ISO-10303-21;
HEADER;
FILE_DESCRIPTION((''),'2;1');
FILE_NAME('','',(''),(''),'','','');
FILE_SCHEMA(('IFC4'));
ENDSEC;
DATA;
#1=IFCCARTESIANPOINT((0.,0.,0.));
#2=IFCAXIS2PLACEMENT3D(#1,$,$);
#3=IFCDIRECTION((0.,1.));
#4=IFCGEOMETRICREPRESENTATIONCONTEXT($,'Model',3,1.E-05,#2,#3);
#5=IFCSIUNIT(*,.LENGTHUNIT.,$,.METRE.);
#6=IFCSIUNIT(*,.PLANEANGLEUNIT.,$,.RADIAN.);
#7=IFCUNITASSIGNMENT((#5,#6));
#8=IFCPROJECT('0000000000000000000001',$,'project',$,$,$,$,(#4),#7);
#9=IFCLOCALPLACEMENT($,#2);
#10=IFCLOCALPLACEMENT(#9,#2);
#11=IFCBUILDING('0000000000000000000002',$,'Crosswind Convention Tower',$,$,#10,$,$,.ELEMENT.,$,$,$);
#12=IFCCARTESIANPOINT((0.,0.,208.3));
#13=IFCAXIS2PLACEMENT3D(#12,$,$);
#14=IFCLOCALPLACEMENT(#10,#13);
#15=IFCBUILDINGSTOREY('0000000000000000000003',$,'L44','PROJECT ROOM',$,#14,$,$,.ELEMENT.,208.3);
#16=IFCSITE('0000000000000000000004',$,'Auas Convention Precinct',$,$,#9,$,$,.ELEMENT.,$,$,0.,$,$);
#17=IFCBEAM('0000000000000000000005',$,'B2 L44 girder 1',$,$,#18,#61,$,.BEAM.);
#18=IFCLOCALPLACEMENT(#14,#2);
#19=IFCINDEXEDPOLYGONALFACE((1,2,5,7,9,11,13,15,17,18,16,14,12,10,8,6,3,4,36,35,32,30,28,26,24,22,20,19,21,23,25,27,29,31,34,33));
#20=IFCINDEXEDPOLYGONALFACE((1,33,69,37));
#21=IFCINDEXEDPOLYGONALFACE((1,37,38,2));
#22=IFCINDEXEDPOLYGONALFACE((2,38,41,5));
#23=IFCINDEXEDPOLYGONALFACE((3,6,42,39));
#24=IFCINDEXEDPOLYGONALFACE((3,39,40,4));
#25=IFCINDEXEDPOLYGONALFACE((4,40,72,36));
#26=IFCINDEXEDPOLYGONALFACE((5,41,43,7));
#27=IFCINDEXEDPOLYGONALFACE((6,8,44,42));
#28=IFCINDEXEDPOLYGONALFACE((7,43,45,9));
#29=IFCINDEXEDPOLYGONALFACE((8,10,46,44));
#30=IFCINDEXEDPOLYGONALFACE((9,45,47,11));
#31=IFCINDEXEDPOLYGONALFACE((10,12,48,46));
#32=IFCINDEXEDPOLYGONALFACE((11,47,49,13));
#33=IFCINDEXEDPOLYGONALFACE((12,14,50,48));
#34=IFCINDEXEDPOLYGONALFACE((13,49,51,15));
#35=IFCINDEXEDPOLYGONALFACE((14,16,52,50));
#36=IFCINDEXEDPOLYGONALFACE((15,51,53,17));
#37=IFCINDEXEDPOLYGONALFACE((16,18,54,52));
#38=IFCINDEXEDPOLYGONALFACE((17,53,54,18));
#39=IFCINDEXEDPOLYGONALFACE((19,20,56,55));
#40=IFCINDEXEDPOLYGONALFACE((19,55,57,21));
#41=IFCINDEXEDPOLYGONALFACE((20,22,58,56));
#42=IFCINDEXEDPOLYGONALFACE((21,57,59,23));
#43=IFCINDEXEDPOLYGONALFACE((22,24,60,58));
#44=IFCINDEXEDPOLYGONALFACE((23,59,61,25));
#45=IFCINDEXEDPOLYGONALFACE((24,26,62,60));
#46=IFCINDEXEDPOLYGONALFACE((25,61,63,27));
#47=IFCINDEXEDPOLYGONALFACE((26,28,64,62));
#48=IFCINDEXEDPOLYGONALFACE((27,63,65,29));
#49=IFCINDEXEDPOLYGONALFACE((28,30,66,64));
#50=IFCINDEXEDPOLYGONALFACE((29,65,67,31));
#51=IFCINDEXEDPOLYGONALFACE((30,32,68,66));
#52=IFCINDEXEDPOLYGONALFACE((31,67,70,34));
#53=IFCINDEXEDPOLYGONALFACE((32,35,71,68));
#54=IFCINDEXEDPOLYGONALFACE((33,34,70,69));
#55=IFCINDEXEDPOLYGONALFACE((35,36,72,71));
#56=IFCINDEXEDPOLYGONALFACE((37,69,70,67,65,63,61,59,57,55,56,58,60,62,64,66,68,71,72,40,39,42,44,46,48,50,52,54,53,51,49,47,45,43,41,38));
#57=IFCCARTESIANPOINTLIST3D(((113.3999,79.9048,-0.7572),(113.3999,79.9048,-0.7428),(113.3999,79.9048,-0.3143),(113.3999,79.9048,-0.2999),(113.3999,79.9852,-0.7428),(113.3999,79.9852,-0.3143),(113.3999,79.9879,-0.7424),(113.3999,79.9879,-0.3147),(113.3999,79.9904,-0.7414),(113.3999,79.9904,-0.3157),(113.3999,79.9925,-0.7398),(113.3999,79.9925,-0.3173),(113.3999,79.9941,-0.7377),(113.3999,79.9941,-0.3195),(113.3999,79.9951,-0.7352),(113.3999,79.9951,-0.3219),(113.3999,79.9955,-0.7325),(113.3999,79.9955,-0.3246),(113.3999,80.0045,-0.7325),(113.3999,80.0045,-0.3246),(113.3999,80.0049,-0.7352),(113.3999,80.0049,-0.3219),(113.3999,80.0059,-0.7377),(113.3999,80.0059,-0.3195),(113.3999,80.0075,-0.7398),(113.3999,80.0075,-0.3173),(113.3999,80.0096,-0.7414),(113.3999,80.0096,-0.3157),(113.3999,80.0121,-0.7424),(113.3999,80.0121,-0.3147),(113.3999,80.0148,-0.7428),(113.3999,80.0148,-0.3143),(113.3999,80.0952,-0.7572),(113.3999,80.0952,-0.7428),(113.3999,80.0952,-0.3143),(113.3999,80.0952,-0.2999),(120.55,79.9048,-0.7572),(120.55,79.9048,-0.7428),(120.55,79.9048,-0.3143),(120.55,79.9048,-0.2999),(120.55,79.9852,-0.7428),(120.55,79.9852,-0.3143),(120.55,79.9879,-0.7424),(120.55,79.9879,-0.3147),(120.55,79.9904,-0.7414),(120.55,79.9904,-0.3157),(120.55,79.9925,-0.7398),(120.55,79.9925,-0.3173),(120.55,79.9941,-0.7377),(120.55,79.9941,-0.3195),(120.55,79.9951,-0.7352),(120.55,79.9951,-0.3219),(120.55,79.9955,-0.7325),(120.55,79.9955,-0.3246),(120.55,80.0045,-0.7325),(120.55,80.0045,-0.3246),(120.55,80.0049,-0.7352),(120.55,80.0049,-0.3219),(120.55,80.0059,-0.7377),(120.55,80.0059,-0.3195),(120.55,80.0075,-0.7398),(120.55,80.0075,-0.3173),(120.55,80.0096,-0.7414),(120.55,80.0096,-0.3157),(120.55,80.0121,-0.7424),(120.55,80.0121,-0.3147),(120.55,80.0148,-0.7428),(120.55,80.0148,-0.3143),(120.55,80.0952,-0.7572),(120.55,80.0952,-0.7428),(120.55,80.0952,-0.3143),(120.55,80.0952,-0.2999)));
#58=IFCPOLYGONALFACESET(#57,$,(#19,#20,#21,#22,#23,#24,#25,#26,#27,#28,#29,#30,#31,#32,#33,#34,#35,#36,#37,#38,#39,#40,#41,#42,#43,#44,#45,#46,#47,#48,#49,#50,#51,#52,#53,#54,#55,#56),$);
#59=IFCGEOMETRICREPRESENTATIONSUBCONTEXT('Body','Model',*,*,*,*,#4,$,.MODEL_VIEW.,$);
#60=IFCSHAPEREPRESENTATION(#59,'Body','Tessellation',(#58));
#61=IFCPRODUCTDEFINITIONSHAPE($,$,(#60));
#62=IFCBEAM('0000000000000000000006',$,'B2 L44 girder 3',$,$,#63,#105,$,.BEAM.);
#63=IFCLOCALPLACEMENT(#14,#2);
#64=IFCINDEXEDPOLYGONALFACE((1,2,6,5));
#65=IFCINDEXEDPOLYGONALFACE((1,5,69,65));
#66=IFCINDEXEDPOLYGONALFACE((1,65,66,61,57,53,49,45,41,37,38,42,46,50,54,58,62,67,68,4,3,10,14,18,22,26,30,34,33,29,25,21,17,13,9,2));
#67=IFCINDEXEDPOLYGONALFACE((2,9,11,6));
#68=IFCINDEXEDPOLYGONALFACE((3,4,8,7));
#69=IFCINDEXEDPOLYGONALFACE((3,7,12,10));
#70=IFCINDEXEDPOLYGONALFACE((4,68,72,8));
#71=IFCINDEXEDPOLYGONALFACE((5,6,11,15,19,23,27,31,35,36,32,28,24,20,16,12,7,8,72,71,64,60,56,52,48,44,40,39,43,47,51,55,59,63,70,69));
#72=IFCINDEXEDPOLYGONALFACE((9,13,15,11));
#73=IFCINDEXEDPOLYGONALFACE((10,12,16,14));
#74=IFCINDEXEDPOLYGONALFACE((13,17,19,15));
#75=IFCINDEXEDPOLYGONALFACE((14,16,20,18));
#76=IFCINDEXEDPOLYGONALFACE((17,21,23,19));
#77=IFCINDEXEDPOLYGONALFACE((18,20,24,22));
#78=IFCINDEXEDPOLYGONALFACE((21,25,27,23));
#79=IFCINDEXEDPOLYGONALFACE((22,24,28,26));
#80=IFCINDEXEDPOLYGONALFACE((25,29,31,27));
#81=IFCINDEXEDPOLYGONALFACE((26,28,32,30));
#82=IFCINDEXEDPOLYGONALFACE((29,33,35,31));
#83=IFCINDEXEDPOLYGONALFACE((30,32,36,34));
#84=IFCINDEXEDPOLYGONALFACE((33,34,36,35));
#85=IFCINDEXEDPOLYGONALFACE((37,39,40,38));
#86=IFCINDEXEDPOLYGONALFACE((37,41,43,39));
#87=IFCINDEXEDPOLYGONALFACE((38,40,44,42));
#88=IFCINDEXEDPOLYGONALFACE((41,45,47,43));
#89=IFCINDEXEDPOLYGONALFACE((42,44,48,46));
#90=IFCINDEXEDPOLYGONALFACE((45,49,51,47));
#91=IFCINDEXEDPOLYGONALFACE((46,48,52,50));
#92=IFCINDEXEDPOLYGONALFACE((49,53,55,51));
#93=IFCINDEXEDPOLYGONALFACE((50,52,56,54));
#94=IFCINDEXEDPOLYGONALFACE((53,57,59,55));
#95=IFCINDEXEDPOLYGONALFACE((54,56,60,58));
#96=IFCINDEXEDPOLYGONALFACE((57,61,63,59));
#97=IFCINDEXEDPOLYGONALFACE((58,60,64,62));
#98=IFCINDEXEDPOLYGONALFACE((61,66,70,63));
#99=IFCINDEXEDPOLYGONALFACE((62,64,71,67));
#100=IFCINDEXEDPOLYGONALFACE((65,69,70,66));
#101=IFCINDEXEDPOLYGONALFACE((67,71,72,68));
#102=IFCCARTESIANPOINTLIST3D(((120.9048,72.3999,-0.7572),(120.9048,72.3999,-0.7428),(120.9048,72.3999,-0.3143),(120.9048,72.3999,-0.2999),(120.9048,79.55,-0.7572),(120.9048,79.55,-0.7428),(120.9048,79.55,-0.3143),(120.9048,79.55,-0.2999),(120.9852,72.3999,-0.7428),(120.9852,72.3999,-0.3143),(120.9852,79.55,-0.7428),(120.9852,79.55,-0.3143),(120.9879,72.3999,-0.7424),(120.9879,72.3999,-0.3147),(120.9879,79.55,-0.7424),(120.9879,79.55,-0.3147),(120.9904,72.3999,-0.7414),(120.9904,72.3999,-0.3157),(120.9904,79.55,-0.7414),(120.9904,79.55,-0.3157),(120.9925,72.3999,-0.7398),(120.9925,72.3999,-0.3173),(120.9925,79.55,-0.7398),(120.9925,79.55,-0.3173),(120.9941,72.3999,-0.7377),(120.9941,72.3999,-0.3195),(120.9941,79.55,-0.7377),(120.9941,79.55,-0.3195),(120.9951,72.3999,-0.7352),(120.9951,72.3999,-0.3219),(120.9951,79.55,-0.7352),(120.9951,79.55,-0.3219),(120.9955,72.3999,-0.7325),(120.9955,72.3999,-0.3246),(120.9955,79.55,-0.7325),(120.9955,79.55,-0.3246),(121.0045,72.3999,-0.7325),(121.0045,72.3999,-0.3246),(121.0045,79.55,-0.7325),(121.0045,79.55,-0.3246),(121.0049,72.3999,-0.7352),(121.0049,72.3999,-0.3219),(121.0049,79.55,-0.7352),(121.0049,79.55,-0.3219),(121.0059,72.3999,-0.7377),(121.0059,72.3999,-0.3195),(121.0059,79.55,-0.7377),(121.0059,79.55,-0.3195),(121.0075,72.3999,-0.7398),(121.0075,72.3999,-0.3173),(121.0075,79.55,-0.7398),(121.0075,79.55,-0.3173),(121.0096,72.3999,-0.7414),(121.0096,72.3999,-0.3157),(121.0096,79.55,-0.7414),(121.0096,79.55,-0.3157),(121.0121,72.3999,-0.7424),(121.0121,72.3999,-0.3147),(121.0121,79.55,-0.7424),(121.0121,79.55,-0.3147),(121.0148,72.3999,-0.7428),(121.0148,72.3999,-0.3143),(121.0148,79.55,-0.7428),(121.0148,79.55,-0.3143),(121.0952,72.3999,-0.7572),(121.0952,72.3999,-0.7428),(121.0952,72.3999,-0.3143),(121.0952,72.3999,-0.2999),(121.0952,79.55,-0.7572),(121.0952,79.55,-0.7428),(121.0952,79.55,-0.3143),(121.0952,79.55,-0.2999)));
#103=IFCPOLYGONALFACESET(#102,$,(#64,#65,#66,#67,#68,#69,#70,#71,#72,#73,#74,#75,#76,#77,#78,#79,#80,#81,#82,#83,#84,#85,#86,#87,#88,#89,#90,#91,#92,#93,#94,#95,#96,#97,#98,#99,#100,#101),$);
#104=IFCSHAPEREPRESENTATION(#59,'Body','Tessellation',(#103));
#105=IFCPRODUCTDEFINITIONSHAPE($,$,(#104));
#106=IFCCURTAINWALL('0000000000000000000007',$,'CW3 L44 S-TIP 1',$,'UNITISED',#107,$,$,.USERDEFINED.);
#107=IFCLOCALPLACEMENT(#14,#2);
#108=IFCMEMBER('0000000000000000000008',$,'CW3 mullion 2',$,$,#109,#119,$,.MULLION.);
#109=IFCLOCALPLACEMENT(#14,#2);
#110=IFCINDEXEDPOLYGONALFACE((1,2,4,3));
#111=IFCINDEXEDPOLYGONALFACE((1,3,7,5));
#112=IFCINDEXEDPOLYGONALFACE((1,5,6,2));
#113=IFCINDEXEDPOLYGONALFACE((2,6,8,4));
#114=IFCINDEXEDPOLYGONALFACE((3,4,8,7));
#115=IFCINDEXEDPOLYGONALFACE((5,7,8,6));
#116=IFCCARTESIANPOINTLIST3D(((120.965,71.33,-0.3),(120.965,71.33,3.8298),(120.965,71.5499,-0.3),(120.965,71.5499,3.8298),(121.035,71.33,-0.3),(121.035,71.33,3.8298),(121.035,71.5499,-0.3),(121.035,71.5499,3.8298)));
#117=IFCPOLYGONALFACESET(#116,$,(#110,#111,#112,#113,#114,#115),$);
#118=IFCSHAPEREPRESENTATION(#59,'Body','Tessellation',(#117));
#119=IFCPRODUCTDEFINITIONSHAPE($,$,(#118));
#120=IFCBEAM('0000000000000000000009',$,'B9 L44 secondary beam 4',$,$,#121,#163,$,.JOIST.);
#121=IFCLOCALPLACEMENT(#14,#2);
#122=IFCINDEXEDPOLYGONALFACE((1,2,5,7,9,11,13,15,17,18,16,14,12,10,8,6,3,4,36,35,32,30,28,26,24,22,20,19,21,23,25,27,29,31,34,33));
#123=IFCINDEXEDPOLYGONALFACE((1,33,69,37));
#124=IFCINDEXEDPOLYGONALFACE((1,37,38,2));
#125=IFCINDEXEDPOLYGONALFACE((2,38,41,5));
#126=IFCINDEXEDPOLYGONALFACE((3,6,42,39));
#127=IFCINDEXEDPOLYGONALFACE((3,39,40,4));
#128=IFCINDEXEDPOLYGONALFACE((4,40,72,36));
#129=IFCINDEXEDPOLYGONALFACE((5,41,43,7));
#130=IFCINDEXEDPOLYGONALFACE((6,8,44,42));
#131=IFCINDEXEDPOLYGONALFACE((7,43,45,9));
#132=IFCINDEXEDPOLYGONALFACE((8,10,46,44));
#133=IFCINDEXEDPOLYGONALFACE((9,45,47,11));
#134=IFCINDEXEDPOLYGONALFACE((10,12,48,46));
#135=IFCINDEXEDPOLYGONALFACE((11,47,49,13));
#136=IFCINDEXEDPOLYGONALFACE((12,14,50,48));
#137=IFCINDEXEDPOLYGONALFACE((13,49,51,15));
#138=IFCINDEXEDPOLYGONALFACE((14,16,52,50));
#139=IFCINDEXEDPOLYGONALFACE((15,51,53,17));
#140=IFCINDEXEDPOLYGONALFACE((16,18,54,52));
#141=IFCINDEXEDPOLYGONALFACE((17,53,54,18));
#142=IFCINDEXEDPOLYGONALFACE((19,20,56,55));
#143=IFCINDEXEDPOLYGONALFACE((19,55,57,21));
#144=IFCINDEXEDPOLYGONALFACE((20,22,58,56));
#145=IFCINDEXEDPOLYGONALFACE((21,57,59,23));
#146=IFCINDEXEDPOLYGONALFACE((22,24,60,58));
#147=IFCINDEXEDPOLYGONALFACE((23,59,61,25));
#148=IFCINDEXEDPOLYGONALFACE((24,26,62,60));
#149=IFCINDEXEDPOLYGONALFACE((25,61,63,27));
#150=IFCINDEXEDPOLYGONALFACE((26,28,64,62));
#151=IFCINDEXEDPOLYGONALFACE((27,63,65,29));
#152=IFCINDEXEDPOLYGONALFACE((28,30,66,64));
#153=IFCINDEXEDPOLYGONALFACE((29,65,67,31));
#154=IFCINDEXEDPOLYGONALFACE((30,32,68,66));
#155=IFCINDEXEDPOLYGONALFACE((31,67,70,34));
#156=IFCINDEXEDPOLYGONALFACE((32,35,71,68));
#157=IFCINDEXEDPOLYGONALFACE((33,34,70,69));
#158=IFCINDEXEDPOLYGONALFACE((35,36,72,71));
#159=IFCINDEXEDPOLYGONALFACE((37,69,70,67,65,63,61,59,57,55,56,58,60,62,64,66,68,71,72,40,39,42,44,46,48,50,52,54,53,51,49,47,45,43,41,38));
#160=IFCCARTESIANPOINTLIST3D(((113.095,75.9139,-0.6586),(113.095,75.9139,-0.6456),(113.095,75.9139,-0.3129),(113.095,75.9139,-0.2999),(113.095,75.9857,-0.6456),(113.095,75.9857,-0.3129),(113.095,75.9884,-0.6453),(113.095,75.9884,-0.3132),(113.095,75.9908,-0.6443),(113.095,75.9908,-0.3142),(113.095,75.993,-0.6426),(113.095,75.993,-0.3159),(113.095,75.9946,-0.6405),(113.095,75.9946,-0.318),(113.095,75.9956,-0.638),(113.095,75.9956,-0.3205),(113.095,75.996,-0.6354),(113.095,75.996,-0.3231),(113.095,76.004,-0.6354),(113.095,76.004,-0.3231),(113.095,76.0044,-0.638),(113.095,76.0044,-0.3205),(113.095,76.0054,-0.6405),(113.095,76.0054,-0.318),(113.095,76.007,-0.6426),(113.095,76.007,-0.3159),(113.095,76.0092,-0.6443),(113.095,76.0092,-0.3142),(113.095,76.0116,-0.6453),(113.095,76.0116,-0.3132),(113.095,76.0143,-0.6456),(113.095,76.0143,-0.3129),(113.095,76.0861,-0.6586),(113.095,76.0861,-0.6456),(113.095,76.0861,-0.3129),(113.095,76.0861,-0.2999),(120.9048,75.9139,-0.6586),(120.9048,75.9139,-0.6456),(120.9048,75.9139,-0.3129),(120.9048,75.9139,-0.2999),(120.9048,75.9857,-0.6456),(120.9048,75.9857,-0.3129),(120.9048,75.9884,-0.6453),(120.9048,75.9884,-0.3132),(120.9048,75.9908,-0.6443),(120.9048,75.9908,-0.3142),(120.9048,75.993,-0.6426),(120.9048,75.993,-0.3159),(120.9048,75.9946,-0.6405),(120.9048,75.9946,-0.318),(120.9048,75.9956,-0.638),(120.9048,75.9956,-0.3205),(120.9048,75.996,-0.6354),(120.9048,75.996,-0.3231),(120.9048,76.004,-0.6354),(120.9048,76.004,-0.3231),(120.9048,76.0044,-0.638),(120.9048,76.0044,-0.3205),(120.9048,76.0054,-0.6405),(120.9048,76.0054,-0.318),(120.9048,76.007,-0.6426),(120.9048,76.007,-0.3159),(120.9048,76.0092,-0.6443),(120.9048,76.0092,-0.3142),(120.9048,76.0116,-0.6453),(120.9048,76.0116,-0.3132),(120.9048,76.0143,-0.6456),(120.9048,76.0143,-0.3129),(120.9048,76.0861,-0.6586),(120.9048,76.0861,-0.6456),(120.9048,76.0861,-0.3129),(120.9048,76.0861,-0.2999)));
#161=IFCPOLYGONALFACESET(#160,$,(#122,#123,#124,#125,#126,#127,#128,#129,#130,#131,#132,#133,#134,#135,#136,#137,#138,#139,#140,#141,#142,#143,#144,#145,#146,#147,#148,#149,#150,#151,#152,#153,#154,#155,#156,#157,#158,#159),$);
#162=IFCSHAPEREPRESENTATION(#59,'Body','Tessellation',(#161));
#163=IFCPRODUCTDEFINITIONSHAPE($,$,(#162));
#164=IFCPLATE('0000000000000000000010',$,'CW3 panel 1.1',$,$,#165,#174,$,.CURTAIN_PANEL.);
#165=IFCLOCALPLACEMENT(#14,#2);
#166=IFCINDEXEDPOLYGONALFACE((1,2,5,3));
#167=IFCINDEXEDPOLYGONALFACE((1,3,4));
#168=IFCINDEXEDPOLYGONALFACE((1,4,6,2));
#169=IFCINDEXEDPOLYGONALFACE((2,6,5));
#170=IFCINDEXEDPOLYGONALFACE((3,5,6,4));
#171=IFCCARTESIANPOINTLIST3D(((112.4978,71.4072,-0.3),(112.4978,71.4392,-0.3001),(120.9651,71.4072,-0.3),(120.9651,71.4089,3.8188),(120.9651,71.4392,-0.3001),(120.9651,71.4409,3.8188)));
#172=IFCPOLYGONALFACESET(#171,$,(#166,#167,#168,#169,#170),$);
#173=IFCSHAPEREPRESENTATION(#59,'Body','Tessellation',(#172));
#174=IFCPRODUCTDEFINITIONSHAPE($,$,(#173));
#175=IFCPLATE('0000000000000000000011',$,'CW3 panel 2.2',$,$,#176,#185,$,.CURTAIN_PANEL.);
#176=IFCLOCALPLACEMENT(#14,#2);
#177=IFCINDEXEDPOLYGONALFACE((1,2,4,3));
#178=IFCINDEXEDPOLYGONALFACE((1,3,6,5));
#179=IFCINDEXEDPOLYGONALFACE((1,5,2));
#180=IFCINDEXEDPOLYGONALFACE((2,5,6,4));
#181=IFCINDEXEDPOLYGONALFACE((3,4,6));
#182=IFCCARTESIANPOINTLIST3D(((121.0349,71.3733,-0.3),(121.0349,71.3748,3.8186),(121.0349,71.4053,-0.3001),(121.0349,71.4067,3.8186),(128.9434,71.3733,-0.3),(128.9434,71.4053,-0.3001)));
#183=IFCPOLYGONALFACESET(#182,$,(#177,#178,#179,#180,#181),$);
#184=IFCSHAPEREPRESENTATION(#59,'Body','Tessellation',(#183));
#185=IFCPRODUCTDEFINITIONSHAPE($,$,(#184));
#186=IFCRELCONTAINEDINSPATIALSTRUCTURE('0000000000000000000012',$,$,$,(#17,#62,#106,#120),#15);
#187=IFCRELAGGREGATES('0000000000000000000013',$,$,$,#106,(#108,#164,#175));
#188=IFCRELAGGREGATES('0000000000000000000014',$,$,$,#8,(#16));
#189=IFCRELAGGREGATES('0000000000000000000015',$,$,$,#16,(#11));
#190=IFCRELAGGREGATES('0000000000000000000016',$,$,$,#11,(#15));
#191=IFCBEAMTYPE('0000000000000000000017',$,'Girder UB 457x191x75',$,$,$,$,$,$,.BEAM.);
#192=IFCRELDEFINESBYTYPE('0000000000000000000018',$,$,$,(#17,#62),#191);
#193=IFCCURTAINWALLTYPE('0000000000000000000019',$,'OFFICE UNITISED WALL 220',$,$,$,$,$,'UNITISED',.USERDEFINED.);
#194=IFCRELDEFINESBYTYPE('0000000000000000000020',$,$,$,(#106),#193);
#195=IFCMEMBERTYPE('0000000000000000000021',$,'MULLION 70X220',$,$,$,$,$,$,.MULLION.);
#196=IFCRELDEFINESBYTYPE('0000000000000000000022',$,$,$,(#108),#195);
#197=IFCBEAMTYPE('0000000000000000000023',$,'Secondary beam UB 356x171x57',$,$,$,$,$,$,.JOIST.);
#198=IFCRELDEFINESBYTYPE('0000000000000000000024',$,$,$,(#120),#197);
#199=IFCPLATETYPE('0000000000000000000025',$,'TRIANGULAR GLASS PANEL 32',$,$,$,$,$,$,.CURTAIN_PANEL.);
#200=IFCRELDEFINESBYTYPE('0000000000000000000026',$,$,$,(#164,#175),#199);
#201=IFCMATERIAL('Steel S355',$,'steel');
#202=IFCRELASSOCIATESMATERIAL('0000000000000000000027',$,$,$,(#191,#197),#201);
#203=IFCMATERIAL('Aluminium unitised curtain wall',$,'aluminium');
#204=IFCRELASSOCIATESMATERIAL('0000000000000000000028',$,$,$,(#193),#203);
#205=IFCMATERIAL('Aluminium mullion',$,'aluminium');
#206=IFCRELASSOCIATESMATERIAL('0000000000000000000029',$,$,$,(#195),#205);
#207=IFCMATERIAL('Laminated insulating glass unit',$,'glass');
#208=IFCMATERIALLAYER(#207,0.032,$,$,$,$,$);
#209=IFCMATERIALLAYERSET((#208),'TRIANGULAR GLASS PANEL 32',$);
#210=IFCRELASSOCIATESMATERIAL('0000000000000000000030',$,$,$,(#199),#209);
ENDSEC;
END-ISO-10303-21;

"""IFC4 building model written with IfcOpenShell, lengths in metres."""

from ifc_helpers import new_model, si_unit, direction, frame, origin, origin_2d, place, context, subcontext, project, spatial, polyline, rectangle, i_section, outline, extrude, material, layer, layer_set, material_profile, profile_set, type_object, element, aggregate, save


model = new_model("IFC4")

# Units and contexts
model_context = context("Model", 3, precision=1e-05, world=origin(), true_north=direction((0.0, 1.0)))
body_context = subcontext(model_context, "Body", "Model", "MODEL_VIEW")
ifc_project = project(units=[si_unit("LENGTHUNIT", "METRE"), si_unit("PLANEANGLEUNIT", "RADIAN")], contexts=[model_context])

# Site, building, storey
site_placement = place(None, origin())
site = spatial("IfcSite", under=ifc_project, at=site_placement, Name="Auas Convention Precinct", CompositionType="ELEMENT", RefElevation=0.0)
building_placement = place(site_placement, origin())
building = spatial("IfcBuilding", under=site, at=building_placement, Name="Crosswind Convention Tower", CompositionType="ELEMENT")
storey_placement = place(building_placement, frame((0.0, 0.0, 208.3)))
storey = spatial("IfcBuildingStorey", under=building, at=storey_placement, Name="L44", Description="PROJECT ROOM", CompositionType="ELEMENT", Elevation=208.3)

# Beams
ifc_material_1 = material(Name="Steel S355", Category="steel")
ifc_material_profile_1 = material_profile(ifc_material_1, i_section(OverallWidth=0.1904, OverallDepth=0.4573, WebThickness=0.009, FlangeThickness=0.0144, FilletRadius=0.0103, at=origin_2d()), Name="UB 457x191x75")
ifc_profile_set_1 = profile_set([ifc_material_profile_1], Name="Steel S355")
beam_type_1 = type_object("IfcBeamType", Name="Girder UB 457x191x75", PredefinedType="BEAM", material=ifc_profile_set_1)
for number, where, z_axis, x_axis, name in (
    (1, (113.3999, 80.0, -0.5286), (1.0, 0.0, 0.0), (0.0, 1.0, 0.0), "B2 L44 girder 1"),
    (2, (121.0, 72.3999, -0.5286), (0.0, 1.0, 0.0), (-1.0, 0.0, 0.0), "B2 L44 girder 3"),
):
    element("IfcBeam", number, at=place(storey_placement, frame(where, z_axis=z_axis, x_axis=x_axis)), inside=storey, type_object=beam_type_1, Name=name, PredefinedType="BEAM", context=body_context, shape_type="SweptSolid", body=[
        extrude(i_section(OverallWidth=0.1904, OverallDepth=0.4573, WebThickness=0.009, FlangeThickness=0.0144, FilletRadius=0.0103, at=origin_2d()), origin(), (0.0, 0.0, 1.0), 7.1501),
    ])

# Curtain wall, member
ifc_material_2 = material(Name="Aluminium unitised curtain wall", Category="aluminium")
curtain_wall_type = type_object("IfcCurtainWallType", Name="OFFICE UNITISED WALL 220", ElementType="UNITISED", PredefinedType="USERDEFINED", material=ifc_material_2)
curtain_wall_placement = place(storey_placement, origin())
curtain_wall = element("IfcCurtainWall", 3, at=curtain_wall_placement, inside=storey, type_object=curtain_wall_type, Name="CW3 L44 S-TIP 1", ObjectType="UNITISED", PredefinedType="USERDEFINED")
ifc_material_3 = material(Name="Aluminium mullion", Category="aluminium")
ifc_material_profile_2 = material_profile(ifc_material_3, rectangle(XDim=0.22, YDim=0.0701, at=origin_2d()), Name="AL 220X70")
ifc_profile_set_2 = profile_set([ifc_material_profile_2], Name="Aluminium mullion")
member_type = type_object("IfcMemberType", Name="MULLION 70X220", PredefinedType="MULLION", material=ifc_profile_set_2)
member_placement = place(storey_placement, frame((121.0, 71.4399, -0.3), z_axis=(0.0, 0.0, 1.0), x_axis=(0.0, -1.0, 0.0)))
member = element("IfcMember", 4, at=member_placement, type_object=member_type, Name="CW3 mullion 2", PredefinedType="MULLION", context=body_context, shape_type="SweptSolid", body=[
    extrude(rectangle(XDim=0.22, YDim=0.0701, at=origin_2d()), origin(), (0.0, 0.0, 1.0), 4.1299),
])

# Beam
ifc_material_profile_3 = material_profile(ifc_material_1, i_section(OverallWidth=0.1721, OverallDepth=0.3586, WebThickness=0.0081, FlangeThickness=0.0129, FilletRadius=0.0103, at=origin_2d()), Name="UB 356x171x57")
ifc_profile_set_3 = profile_set([ifc_material_profile_3], Name="Steel S355")
beam_type_2 = type_object("IfcBeamType", Name="Secondary beam UB 356x171x57", PredefinedType="JOIST", material=ifc_profile_set_3)
beam_placement = place(storey_placement, frame((113.095, 76.0, -0.4792), z_axis=(1.0, 0.0, 0.0), x_axis=(0.0, 1.0, 0.0)))
element("IfcBeam", 5, at=beam_placement, inside=storey, type_object=beam_type_2, Name="B9 L44 secondary beam 4", PredefinedType="JOIST", context=body_context, shape_type="SweptSolid", body=[
    extrude(i_section(OverallWidth=0.1721, OverallDepth=0.3586, WebThickness=0.0081, FlangeThickness=0.0129, FilletRadius=0.0103, at=origin_2d()), origin(), (0.0, 0.0, 1.0), 7.8098),
])

# Plates
ifc_material_4 = material(Name="Laminated insulating glass unit", Category="glass")
ifc_layer_1 = layer(ifc_material_4, 0.032)
ifc_layer_set_1 = layer_set([ifc_layer_1], Name="TRIANGULAR GLASS PANEL 32")
plate_type = type_object("IfcPlateType", Name="TRIANGULAR GLASS PANEL 32", PredefinedType="CURTAIN_PANEL", material=ifc_layer_set_1)
plate_1_placement = place(storey_placement, frame((120.9651, 71.4072, -0.3), z_axis=(0.0, -1.0, 0.000415), x_axis=(0.0, 0.000415, 1.0)))
plate_1 = element("IfcPlate", 6, at=plate_1_placement, type_object=plate_type, Name="CW3 panel 1.1", PredefinedType="CURTAIN_PANEL", context=body_context, shape_type="SweptSolid", body=[
    extrude(outline(polyline([(0.0, 0.0), (4.1189, 0.0), (0.0, 8.4673), (0.0, 0.0)])), origin(), (0.0, 0.0, -1.0), 0.032),
])
plate_2_placement = place(storey_placement, frame((121.0349, 71.3733, -0.3), z_axis=(0.0, -1.0, 0.000356), x_axis=(1.0, 0.0, 0.0)))
plate_2 = element("IfcPlate", 7, at=plate_2_placement, type_object=plate_type, Name="CW3 panel 2.2", PredefinedType="CURTAIN_PANEL", context=body_context, shape_type="SweptSolid", body=[
    extrude(outline(polyline([(0.0, 0.0), (7.9084, 0.0), (0.0, 4.1187), (0.0, 0.0)])), origin(), (0.0, 0.0, -1.0), 0.032),
])
aggregate(curtain_wall, [member, plate_1, plate_2])

save(model, "model.ifc")
